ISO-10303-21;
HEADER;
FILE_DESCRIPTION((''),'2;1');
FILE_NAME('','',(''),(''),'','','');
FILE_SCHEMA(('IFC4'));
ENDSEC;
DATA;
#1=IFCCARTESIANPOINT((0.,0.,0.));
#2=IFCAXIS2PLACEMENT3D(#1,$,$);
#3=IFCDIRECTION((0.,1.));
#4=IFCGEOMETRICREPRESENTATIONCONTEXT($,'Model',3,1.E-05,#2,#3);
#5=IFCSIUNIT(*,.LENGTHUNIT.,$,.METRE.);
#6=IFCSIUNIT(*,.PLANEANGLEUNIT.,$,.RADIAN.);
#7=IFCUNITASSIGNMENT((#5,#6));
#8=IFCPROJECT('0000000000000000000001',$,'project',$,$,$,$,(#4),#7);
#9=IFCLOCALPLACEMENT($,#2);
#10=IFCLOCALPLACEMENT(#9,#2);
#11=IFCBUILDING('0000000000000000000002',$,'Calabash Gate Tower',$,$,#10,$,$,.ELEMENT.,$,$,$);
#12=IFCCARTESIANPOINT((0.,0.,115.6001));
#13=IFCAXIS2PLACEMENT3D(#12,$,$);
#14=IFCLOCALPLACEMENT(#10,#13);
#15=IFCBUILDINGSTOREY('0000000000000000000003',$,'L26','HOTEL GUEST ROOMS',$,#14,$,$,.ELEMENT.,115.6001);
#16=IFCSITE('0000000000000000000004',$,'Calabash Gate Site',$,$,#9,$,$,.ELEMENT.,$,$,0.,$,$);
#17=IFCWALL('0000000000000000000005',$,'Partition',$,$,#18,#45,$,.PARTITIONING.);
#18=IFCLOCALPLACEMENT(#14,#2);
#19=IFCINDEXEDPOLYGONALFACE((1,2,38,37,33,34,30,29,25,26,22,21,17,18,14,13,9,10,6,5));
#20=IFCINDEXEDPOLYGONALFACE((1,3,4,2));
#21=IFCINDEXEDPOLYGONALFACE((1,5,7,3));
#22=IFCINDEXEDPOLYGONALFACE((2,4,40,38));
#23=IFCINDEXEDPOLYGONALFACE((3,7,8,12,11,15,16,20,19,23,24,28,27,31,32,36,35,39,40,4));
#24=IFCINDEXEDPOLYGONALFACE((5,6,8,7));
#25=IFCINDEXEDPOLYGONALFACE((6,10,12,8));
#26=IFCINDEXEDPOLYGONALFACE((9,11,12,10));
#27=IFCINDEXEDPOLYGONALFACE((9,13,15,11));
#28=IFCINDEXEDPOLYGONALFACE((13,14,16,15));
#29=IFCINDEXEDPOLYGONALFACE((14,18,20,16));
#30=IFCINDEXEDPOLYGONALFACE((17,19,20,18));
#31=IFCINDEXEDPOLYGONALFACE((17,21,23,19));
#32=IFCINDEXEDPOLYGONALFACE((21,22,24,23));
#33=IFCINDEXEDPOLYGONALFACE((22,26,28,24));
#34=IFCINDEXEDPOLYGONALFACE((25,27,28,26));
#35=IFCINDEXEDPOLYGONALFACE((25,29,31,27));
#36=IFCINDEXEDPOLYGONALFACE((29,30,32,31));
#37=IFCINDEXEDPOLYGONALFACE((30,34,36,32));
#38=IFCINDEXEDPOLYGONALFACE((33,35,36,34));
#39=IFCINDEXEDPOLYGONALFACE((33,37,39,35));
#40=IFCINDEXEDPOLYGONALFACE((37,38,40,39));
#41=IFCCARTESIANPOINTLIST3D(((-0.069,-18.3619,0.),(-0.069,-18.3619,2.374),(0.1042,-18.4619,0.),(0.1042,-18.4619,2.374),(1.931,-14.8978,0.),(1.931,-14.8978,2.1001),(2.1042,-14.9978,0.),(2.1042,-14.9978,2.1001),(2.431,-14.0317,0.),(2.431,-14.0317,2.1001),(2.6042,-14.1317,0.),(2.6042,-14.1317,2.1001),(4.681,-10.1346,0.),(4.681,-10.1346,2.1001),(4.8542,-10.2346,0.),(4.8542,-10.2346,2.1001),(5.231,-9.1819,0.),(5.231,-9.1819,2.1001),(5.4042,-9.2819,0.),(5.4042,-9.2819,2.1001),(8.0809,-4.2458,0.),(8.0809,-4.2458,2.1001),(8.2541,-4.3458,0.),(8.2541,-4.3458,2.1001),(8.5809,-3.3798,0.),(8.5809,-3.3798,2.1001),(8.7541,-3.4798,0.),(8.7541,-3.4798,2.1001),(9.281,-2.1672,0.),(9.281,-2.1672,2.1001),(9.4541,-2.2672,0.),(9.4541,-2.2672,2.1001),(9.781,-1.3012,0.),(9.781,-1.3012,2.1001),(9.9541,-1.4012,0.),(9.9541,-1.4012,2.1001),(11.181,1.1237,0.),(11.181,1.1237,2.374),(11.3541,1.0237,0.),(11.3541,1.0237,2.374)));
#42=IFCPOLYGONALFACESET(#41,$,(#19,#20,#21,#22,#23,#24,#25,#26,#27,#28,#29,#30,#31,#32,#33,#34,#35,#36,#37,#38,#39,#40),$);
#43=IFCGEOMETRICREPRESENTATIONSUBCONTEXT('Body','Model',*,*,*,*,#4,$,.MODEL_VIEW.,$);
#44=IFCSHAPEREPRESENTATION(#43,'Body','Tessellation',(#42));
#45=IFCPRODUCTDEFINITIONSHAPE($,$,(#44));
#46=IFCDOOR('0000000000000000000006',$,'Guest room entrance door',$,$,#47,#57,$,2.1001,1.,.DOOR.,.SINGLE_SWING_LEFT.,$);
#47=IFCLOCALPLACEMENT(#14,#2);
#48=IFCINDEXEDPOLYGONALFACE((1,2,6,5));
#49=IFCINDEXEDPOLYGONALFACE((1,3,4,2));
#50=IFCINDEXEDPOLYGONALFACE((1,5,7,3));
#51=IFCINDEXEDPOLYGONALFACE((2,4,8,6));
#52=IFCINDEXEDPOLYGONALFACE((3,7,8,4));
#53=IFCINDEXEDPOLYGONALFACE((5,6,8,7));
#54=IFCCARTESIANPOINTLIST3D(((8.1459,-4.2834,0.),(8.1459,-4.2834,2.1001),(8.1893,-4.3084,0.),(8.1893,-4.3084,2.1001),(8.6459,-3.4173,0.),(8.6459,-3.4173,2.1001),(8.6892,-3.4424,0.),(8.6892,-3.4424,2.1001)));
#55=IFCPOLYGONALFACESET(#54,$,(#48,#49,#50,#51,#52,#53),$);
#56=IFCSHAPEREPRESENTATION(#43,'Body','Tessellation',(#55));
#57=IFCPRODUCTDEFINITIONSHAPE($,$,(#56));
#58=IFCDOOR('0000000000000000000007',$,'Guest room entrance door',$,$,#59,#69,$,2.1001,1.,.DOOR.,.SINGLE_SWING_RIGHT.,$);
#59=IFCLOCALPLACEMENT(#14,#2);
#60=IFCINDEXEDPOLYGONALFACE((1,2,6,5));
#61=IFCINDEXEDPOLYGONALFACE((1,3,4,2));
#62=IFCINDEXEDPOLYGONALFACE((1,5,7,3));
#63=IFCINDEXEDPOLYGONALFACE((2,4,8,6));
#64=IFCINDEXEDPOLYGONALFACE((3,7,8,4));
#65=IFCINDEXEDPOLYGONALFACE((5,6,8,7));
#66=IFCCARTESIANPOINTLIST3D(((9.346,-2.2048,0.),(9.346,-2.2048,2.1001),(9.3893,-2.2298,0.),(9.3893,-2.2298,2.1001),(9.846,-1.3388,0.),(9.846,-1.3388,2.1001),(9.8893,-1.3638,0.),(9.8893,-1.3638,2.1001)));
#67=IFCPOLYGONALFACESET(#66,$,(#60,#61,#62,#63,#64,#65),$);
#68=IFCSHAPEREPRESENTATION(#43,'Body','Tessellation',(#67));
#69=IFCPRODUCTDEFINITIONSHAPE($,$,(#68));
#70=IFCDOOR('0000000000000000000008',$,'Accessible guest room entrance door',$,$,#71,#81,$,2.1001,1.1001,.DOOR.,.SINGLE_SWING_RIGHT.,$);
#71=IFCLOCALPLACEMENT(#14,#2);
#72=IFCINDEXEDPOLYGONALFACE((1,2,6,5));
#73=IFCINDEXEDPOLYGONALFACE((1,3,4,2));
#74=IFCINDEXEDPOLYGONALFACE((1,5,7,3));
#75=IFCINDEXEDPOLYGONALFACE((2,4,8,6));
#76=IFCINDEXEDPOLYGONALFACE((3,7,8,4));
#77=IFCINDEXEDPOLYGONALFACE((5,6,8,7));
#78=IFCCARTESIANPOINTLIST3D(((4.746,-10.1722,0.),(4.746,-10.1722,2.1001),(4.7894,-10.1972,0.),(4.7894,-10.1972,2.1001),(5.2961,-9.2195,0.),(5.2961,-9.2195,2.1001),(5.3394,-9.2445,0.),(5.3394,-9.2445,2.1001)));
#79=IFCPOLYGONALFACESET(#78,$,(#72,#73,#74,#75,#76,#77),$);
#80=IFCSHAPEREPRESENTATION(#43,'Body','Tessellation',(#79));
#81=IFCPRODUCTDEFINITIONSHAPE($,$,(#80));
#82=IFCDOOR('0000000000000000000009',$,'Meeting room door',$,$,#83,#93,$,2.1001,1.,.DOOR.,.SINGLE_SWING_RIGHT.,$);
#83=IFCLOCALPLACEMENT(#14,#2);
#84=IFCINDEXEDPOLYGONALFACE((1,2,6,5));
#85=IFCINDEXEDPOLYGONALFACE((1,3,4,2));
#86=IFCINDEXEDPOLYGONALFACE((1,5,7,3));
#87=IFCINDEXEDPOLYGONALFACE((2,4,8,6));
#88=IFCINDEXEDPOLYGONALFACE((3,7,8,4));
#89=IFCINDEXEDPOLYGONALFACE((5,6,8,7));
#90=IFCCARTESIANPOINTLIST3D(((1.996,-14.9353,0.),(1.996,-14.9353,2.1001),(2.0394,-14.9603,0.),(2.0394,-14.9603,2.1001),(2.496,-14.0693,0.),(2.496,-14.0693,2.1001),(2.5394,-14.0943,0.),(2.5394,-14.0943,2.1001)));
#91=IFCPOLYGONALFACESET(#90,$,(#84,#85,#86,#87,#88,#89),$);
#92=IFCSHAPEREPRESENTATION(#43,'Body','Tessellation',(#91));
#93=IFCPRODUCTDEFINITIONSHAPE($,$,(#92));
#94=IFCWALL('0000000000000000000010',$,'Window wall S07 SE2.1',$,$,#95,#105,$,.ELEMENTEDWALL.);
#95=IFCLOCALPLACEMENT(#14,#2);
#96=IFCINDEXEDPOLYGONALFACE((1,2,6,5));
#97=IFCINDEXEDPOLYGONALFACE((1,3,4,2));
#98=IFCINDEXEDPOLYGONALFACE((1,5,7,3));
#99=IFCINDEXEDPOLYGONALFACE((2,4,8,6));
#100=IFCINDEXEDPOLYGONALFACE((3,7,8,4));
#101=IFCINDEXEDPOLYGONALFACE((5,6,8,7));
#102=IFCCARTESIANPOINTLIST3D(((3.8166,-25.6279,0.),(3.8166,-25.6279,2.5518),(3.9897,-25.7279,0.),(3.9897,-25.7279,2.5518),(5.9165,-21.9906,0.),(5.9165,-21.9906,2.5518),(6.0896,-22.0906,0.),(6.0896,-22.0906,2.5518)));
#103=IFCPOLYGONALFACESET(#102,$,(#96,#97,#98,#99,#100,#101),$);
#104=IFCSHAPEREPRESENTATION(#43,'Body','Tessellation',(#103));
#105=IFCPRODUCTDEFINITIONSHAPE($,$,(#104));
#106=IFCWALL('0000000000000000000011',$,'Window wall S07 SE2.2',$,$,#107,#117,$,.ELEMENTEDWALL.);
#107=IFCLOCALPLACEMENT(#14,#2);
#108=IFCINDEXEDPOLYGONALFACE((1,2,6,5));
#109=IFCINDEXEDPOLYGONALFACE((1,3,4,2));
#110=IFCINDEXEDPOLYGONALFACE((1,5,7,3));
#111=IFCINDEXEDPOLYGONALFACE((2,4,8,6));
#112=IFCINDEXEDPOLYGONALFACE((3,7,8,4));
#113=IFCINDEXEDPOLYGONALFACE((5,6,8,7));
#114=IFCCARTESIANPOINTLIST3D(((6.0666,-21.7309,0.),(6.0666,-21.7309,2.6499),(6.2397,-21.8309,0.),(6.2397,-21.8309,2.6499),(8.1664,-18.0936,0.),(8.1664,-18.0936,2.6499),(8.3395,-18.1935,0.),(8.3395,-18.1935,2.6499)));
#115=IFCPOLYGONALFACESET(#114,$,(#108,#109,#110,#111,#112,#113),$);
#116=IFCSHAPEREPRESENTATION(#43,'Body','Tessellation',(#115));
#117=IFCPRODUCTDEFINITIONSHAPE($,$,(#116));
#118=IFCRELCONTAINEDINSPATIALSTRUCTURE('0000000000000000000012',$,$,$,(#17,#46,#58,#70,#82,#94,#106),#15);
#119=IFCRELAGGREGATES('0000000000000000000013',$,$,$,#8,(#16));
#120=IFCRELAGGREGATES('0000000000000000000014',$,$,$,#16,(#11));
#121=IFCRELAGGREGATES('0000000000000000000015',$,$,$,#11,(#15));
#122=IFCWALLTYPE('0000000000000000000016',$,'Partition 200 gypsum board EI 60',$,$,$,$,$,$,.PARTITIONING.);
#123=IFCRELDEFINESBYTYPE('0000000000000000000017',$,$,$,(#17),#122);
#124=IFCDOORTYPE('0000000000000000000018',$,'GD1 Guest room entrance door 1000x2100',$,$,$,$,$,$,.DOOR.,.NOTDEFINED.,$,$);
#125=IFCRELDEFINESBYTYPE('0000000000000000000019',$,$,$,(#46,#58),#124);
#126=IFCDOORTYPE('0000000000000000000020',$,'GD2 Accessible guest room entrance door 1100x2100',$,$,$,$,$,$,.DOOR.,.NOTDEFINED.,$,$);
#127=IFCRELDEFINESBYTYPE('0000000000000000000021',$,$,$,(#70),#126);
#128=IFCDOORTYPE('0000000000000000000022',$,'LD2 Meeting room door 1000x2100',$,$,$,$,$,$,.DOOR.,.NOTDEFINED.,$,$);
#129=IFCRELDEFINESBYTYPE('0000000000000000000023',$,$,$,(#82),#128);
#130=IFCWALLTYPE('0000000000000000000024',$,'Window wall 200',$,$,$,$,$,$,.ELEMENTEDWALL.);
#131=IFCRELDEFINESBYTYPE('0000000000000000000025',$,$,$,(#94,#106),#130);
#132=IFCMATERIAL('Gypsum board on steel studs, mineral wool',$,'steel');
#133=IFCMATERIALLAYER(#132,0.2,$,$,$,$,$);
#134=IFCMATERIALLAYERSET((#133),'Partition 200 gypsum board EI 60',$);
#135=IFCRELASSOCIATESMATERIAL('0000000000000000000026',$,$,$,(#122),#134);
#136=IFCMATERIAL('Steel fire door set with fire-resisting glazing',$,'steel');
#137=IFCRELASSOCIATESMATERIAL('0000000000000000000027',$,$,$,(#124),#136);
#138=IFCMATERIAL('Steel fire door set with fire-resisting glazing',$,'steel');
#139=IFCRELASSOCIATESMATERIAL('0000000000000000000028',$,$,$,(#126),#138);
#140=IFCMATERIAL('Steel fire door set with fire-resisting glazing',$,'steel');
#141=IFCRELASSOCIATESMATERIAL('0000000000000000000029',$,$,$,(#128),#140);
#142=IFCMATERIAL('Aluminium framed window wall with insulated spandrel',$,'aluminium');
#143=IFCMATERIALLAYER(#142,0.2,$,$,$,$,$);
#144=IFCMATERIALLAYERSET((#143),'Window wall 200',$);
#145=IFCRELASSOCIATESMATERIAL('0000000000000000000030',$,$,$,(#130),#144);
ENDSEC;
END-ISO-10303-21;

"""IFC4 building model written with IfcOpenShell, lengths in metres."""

from ifc_helpers import new_model, si_unit, direction, frame, frame_2d, origin, place, context, subcontext, project, spatial, rectangle, extrude, material, layer, layer_set, type_object, element, fill, save


model = new_model("IFC4")

# Units and contexts
model_context = context("Model", 3, precision=1e-05, world=origin(), true_north=direction((0.0, 1.0)))
body_context = subcontext(model_context, "Body", "Model", "MODEL_VIEW")
ifc_project = project(units=[si_unit("LENGTHUNIT", "METRE"), si_unit("PLANEANGLEUNIT", "RADIAN")], contexts=[model_context])

# Site, building, storey
site_placement = place(None, origin())
site = spatial("IfcSite", under=ifc_project, at=site_placement, Name="Calabash Gate Site", CompositionType="ELEMENT", RefElevation=0.0)
building_placement = place(site_placement, origin())
building = spatial("IfcBuilding", under=site, at=building_placement, Name="Calabash Gate Tower", CompositionType="ELEMENT")
storey_placement = place(building_placement, frame((0.0, 0.0, 115.6001)))
storey = spatial("IfcBuildingStorey", under=building, at=storey_placement, Name="L26", Description="HOTEL GUEST ROOMS", CompositionType="ELEMENT", Elevation=115.6001)

# Shared definitions
ifc_material_1 = material(Name="Gypsum board on steel studs, mineral wool", Category="steel")
ifc_layer_1 = layer(ifc_material_1, 0.2)
ifc_layer_set_1 = layer_set([ifc_layer_1], Name="Partition 200 gypsum board EI 60")
wall_type_1 = type_object("IfcWallType", Name="Partition 200 gypsum board EI 60", PredefinedType="PARTITIONING", material=ifc_layer_set_1)

# Wall, openings, doors
wall_1_placement = place(storey_placement, frame((0.0176, -18.4119, 0.0), z_axis=(0.0, 0.0, 1.0), x_axis=(0.5, 0.866026, 0.0)))
wall_1 = element("IfcWall", 1, at=wall_1_placement, inside=storey, type_object=wall_type_1, Name="Partition", PredefinedType="PARTITIONING", context=body_context, shape_type="SweptSolid", body=[
    extrude(rectangle(XDim=22.5, YDim=0.2, at=frame_2d((11.25, 0.0))), origin(), (0.0, 0.0, 1.0), 2.374),
])
opening_1_placement = place(wall_1_placement, frame((4.0, 0.0, 0.0)))
opening_1 = element("IfcOpeningElement", 2, at=opening_1_placement, cuts=wall_1, PredefinedType="OPENING", context=body_context, shape_type="SweptSolid", body=[
    extrude(rectangle(XDim=1.0, YDim=2.1001, at=frame_2d((0.5, 1.05))), frame((0.0, 0.1099, 0.0), z_axis=(0.0, -1.0, 0.0), x_axis=(1.0, 0.0, 0.0)), (0.0, 0.0, 1.0), 0.22),
])
opening_2_placement = place(wall_1_placement, frame((9.5, 0.0, 0.0)))
opening_2 = element("IfcOpeningElement", 3, at=opening_2_placement, cuts=wall_1, PredefinedType="OPENING", context=body_context, shape_type="SweptSolid", body=[
    extrude(rectangle(XDim=1.1001, YDim=2.1001, at=frame_2d((0.55, 1.05))), frame((0.0, 0.1099, 0.0), z_axis=(0.0, -1.0, 0.0), x_axis=(1.0, 0.0, 0.0)), (0.0, 0.0, 1.0), 0.22),
])
opening_3_placement = place(wall_1_placement, frame((16.2998, 0.0, 0.0)))
opening_3 = element("IfcOpeningElement", 4, at=opening_3_placement, cuts=wall_1, PredefinedType="OPENING", context=body_context, shape_type="SweptSolid", body=[
    extrude(rectangle(XDim=1.0, YDim=2.1001, at=frame_2d((0.5, 1.05))), frame((0.0, 0.1099, 0.0), z_axis=(0.0, -1.0, 0.0), x_axis=(1.0, 0.0, 0.0)), (0.0, 0.0, 1.0), 0.22),
])
opening_4_placement = place(wall_1_placement, frame((18.7, 0.0, 0.0)))
opening_4 = element("IfcOpeningElement", 5, at=opening_4_placement, cuts=wall_1, PredefinedType="OPENING", context=body_context, shape_type="SweptSolid", body=[
    extrude(rectangle(XDim=1.0, YDim=2.1001, at=frame_2d((0.5, 1.05))), frame((0.0, 0.1099, 0.0), z_axis=(0.0, -1.0, 0.0), x_axis=(1.0, 0.0, 0.0)), (0.0, 0.0, 1.0), 0.22),
])
ifc_material_2 = material(Name="Steel fire door set with fire-resisting glazing", Category="steel")
door_type_1 = type_object("IfcDoorType", Name="GD1 Guest room entrance door 1000x2100", OperationType="NOTDEFINED", PredefinedType="DOOR", material=ifc_material_2)
door_1_placement = place(opening_3_placement, origin())
door_1 = element("IfcDoor", 6, at=door_1_placement, inside=storey, type_object=door_type_1, Name="Guest room entrance door", OperationType="SINGLE_SWING_LEFT", OverallHeight=2.1001, OverallWidth=1.0, PredefinedType="DOOR", context=body_context, shape_type="SweptSolid", body=[
    extrude(rectangle(XDim=1.0, YDim=2.1001, at=frame_2d((0.5, 1.05))), frame((0.0, 0.0249, 0.0), z_axis=(0.0, -1.0, 0.0), x_axis=(1.0, 0.0, 0.0)), (0.0, 0.0, 1.0), 0.05),
])
fill(opening_3, door_1)
door_2_placement = place(opening_4_placement, origin())
door_2 = element("IfcDoor", 7, at=door_2_placement, inside=storey, type_object=door_type_1, Name="Guest room entrance door", OperationType="SINGLE_SWING_RIGHT", OverallHeight=2.1001, OverallWidth=1.0, PredefinedType="DOOR", context=body_context, shape_type="SweptSolid", body=[
    extrude(rectangle(XDim=1.0, YDim=2.1001, at=frame_2d((0.5, 1.05))), frame((0.0, 0.0249, 0.0), z_axis=(0.0, -1.0, 0.0), x_axis=(1.0, 0.0, 0.0)), (0.0, 0.0, 1.0), 0.05),
])
fill(opening_4, door_2)
ifc_material_3 = material(Name="Steel fire door set with fire-resisting glazing", Category="steel")
door_type_2 = type_object("IfcDoorType", Name="GD2 Accessible guest room entrance door 1100x2100", OperationType="NOTDEFINED", PredefinedType="DOOR", material=ifc_material_3)
door_3_placement = place(opening_2_placement, origin())
door_3 = element("IfcDoor", 8, at=door_3_placement, inside=storey, type_object=door_type_2, Name="Accessible guest room entrance door", OperationType="SINGLE_SWING_RIGHT", OverallHeight=2.1001, OverallWidth=1.1001, PredefinedType="DOOR", context=body_context, shape_type="SweptSolid", body=[
    extrude(rectangle(XDim=1.1001, YDim=2.1001, at=frame_2d((0.55, 1.05))), frame((0.0, 0.0249, 0.0), z_axis=(0.0, -1.0, 0.0), x_axis=(1.0, 0.0, 0.0)), (0.0, 0.0, 1.0), 0.05),
])
fill(opening_2, door_3)
ifc_material_4 = material(Name="Steel fire door set with fire-resisting glazing", Category="steel")
door_type_3 = type_object("IfcDoorType", Name="LD2 Meeting room door 1000x2100", OperationType="NOTDEFINED", PredefinedType="DOOR", material=ifc_material_4)
door_4_placement = place(opening_1_placement, origin())
door_4 = element("IfcDoor", 9, at=door_4_placement, inside=storey, type_object=door_type_3, Name="Meeting room door", OperationType="SINGLE_SWING_RIGHT", OverallHeight=2.1001, OverallWidth=1.0, PredefinedType="DOOR", context=body_context, shape_type="SweptSolid", body=[
    extrude(rectangle(XDim=1.0, YDim=2.1001, at=frame_2d((0.5, 1.05))), frame((0.0, 0.0249, 0.0), z_axis=(0.0, -1.0, 0.0), x_axis=(1.0, 0.0, 0.0)), (0.0, 0.0, 1.0), 0.05),
])
fill(opening_1, door_4)

# Walls
ifc_material_5 = material(Name="Aluminium framed window wall with insulated spandrel", Category="aluminium")
ifc_layer_2 = layer(ifc_material_5, 0.2)
ifc_layer_set_2 = layer_set([ifc_layer_2], Name="Window wall 200")
wall_type_2 = type_object("IfcWallType", Name="Window wall 200", PredefinedType="ELEMENTEDWALL", material=ifc_layer_set_2)
wall_2_placement = place(storey_placement, frame((3.9031, -25.678, 0.0), z_axis=(0.0, 0.0, 1.0), x_axis=(0.499984, 0.866035, 0.0)))
element("IfcWall", 10, at=wall_2_placement, inside=storey, type_object=wall_type_2, Name="Window wall S07 SE2.1", PredefinedType="ELEMENTEDWALL", context=body_context, shape_type="SweptSolid", body=[
    extrude(rectangle(XDim=4.2, YDim=0.2, at=frame_2d((2.1001, 0.0))), origin(), (0.0, 0.0, 1.0), 2.5518),
])
wall_3_placement = place(storey_placement, frame((6.1531, -21.781, 0.0), z_axis=(0.0, 0.0, 1.0), x_axis=(0.499959, 0.866049, 0.0)))
element("IfcWall", 11, at=wall_3_placement, inside=storey, type_object=wall_type_2, Name="Window wall S07 SE2.2", PredefinedType="ELEMENTEDWALL", context=body_context, shape_type="SweptSolid", body=[
    extrude(rectangle(XDim=4.2, YDim=0.2, at=frame_2d((2.1001, 0.0))), origin(), (0.0, 0.0, 1.0), 2.6499),
])

save(model, "model.ifc")
